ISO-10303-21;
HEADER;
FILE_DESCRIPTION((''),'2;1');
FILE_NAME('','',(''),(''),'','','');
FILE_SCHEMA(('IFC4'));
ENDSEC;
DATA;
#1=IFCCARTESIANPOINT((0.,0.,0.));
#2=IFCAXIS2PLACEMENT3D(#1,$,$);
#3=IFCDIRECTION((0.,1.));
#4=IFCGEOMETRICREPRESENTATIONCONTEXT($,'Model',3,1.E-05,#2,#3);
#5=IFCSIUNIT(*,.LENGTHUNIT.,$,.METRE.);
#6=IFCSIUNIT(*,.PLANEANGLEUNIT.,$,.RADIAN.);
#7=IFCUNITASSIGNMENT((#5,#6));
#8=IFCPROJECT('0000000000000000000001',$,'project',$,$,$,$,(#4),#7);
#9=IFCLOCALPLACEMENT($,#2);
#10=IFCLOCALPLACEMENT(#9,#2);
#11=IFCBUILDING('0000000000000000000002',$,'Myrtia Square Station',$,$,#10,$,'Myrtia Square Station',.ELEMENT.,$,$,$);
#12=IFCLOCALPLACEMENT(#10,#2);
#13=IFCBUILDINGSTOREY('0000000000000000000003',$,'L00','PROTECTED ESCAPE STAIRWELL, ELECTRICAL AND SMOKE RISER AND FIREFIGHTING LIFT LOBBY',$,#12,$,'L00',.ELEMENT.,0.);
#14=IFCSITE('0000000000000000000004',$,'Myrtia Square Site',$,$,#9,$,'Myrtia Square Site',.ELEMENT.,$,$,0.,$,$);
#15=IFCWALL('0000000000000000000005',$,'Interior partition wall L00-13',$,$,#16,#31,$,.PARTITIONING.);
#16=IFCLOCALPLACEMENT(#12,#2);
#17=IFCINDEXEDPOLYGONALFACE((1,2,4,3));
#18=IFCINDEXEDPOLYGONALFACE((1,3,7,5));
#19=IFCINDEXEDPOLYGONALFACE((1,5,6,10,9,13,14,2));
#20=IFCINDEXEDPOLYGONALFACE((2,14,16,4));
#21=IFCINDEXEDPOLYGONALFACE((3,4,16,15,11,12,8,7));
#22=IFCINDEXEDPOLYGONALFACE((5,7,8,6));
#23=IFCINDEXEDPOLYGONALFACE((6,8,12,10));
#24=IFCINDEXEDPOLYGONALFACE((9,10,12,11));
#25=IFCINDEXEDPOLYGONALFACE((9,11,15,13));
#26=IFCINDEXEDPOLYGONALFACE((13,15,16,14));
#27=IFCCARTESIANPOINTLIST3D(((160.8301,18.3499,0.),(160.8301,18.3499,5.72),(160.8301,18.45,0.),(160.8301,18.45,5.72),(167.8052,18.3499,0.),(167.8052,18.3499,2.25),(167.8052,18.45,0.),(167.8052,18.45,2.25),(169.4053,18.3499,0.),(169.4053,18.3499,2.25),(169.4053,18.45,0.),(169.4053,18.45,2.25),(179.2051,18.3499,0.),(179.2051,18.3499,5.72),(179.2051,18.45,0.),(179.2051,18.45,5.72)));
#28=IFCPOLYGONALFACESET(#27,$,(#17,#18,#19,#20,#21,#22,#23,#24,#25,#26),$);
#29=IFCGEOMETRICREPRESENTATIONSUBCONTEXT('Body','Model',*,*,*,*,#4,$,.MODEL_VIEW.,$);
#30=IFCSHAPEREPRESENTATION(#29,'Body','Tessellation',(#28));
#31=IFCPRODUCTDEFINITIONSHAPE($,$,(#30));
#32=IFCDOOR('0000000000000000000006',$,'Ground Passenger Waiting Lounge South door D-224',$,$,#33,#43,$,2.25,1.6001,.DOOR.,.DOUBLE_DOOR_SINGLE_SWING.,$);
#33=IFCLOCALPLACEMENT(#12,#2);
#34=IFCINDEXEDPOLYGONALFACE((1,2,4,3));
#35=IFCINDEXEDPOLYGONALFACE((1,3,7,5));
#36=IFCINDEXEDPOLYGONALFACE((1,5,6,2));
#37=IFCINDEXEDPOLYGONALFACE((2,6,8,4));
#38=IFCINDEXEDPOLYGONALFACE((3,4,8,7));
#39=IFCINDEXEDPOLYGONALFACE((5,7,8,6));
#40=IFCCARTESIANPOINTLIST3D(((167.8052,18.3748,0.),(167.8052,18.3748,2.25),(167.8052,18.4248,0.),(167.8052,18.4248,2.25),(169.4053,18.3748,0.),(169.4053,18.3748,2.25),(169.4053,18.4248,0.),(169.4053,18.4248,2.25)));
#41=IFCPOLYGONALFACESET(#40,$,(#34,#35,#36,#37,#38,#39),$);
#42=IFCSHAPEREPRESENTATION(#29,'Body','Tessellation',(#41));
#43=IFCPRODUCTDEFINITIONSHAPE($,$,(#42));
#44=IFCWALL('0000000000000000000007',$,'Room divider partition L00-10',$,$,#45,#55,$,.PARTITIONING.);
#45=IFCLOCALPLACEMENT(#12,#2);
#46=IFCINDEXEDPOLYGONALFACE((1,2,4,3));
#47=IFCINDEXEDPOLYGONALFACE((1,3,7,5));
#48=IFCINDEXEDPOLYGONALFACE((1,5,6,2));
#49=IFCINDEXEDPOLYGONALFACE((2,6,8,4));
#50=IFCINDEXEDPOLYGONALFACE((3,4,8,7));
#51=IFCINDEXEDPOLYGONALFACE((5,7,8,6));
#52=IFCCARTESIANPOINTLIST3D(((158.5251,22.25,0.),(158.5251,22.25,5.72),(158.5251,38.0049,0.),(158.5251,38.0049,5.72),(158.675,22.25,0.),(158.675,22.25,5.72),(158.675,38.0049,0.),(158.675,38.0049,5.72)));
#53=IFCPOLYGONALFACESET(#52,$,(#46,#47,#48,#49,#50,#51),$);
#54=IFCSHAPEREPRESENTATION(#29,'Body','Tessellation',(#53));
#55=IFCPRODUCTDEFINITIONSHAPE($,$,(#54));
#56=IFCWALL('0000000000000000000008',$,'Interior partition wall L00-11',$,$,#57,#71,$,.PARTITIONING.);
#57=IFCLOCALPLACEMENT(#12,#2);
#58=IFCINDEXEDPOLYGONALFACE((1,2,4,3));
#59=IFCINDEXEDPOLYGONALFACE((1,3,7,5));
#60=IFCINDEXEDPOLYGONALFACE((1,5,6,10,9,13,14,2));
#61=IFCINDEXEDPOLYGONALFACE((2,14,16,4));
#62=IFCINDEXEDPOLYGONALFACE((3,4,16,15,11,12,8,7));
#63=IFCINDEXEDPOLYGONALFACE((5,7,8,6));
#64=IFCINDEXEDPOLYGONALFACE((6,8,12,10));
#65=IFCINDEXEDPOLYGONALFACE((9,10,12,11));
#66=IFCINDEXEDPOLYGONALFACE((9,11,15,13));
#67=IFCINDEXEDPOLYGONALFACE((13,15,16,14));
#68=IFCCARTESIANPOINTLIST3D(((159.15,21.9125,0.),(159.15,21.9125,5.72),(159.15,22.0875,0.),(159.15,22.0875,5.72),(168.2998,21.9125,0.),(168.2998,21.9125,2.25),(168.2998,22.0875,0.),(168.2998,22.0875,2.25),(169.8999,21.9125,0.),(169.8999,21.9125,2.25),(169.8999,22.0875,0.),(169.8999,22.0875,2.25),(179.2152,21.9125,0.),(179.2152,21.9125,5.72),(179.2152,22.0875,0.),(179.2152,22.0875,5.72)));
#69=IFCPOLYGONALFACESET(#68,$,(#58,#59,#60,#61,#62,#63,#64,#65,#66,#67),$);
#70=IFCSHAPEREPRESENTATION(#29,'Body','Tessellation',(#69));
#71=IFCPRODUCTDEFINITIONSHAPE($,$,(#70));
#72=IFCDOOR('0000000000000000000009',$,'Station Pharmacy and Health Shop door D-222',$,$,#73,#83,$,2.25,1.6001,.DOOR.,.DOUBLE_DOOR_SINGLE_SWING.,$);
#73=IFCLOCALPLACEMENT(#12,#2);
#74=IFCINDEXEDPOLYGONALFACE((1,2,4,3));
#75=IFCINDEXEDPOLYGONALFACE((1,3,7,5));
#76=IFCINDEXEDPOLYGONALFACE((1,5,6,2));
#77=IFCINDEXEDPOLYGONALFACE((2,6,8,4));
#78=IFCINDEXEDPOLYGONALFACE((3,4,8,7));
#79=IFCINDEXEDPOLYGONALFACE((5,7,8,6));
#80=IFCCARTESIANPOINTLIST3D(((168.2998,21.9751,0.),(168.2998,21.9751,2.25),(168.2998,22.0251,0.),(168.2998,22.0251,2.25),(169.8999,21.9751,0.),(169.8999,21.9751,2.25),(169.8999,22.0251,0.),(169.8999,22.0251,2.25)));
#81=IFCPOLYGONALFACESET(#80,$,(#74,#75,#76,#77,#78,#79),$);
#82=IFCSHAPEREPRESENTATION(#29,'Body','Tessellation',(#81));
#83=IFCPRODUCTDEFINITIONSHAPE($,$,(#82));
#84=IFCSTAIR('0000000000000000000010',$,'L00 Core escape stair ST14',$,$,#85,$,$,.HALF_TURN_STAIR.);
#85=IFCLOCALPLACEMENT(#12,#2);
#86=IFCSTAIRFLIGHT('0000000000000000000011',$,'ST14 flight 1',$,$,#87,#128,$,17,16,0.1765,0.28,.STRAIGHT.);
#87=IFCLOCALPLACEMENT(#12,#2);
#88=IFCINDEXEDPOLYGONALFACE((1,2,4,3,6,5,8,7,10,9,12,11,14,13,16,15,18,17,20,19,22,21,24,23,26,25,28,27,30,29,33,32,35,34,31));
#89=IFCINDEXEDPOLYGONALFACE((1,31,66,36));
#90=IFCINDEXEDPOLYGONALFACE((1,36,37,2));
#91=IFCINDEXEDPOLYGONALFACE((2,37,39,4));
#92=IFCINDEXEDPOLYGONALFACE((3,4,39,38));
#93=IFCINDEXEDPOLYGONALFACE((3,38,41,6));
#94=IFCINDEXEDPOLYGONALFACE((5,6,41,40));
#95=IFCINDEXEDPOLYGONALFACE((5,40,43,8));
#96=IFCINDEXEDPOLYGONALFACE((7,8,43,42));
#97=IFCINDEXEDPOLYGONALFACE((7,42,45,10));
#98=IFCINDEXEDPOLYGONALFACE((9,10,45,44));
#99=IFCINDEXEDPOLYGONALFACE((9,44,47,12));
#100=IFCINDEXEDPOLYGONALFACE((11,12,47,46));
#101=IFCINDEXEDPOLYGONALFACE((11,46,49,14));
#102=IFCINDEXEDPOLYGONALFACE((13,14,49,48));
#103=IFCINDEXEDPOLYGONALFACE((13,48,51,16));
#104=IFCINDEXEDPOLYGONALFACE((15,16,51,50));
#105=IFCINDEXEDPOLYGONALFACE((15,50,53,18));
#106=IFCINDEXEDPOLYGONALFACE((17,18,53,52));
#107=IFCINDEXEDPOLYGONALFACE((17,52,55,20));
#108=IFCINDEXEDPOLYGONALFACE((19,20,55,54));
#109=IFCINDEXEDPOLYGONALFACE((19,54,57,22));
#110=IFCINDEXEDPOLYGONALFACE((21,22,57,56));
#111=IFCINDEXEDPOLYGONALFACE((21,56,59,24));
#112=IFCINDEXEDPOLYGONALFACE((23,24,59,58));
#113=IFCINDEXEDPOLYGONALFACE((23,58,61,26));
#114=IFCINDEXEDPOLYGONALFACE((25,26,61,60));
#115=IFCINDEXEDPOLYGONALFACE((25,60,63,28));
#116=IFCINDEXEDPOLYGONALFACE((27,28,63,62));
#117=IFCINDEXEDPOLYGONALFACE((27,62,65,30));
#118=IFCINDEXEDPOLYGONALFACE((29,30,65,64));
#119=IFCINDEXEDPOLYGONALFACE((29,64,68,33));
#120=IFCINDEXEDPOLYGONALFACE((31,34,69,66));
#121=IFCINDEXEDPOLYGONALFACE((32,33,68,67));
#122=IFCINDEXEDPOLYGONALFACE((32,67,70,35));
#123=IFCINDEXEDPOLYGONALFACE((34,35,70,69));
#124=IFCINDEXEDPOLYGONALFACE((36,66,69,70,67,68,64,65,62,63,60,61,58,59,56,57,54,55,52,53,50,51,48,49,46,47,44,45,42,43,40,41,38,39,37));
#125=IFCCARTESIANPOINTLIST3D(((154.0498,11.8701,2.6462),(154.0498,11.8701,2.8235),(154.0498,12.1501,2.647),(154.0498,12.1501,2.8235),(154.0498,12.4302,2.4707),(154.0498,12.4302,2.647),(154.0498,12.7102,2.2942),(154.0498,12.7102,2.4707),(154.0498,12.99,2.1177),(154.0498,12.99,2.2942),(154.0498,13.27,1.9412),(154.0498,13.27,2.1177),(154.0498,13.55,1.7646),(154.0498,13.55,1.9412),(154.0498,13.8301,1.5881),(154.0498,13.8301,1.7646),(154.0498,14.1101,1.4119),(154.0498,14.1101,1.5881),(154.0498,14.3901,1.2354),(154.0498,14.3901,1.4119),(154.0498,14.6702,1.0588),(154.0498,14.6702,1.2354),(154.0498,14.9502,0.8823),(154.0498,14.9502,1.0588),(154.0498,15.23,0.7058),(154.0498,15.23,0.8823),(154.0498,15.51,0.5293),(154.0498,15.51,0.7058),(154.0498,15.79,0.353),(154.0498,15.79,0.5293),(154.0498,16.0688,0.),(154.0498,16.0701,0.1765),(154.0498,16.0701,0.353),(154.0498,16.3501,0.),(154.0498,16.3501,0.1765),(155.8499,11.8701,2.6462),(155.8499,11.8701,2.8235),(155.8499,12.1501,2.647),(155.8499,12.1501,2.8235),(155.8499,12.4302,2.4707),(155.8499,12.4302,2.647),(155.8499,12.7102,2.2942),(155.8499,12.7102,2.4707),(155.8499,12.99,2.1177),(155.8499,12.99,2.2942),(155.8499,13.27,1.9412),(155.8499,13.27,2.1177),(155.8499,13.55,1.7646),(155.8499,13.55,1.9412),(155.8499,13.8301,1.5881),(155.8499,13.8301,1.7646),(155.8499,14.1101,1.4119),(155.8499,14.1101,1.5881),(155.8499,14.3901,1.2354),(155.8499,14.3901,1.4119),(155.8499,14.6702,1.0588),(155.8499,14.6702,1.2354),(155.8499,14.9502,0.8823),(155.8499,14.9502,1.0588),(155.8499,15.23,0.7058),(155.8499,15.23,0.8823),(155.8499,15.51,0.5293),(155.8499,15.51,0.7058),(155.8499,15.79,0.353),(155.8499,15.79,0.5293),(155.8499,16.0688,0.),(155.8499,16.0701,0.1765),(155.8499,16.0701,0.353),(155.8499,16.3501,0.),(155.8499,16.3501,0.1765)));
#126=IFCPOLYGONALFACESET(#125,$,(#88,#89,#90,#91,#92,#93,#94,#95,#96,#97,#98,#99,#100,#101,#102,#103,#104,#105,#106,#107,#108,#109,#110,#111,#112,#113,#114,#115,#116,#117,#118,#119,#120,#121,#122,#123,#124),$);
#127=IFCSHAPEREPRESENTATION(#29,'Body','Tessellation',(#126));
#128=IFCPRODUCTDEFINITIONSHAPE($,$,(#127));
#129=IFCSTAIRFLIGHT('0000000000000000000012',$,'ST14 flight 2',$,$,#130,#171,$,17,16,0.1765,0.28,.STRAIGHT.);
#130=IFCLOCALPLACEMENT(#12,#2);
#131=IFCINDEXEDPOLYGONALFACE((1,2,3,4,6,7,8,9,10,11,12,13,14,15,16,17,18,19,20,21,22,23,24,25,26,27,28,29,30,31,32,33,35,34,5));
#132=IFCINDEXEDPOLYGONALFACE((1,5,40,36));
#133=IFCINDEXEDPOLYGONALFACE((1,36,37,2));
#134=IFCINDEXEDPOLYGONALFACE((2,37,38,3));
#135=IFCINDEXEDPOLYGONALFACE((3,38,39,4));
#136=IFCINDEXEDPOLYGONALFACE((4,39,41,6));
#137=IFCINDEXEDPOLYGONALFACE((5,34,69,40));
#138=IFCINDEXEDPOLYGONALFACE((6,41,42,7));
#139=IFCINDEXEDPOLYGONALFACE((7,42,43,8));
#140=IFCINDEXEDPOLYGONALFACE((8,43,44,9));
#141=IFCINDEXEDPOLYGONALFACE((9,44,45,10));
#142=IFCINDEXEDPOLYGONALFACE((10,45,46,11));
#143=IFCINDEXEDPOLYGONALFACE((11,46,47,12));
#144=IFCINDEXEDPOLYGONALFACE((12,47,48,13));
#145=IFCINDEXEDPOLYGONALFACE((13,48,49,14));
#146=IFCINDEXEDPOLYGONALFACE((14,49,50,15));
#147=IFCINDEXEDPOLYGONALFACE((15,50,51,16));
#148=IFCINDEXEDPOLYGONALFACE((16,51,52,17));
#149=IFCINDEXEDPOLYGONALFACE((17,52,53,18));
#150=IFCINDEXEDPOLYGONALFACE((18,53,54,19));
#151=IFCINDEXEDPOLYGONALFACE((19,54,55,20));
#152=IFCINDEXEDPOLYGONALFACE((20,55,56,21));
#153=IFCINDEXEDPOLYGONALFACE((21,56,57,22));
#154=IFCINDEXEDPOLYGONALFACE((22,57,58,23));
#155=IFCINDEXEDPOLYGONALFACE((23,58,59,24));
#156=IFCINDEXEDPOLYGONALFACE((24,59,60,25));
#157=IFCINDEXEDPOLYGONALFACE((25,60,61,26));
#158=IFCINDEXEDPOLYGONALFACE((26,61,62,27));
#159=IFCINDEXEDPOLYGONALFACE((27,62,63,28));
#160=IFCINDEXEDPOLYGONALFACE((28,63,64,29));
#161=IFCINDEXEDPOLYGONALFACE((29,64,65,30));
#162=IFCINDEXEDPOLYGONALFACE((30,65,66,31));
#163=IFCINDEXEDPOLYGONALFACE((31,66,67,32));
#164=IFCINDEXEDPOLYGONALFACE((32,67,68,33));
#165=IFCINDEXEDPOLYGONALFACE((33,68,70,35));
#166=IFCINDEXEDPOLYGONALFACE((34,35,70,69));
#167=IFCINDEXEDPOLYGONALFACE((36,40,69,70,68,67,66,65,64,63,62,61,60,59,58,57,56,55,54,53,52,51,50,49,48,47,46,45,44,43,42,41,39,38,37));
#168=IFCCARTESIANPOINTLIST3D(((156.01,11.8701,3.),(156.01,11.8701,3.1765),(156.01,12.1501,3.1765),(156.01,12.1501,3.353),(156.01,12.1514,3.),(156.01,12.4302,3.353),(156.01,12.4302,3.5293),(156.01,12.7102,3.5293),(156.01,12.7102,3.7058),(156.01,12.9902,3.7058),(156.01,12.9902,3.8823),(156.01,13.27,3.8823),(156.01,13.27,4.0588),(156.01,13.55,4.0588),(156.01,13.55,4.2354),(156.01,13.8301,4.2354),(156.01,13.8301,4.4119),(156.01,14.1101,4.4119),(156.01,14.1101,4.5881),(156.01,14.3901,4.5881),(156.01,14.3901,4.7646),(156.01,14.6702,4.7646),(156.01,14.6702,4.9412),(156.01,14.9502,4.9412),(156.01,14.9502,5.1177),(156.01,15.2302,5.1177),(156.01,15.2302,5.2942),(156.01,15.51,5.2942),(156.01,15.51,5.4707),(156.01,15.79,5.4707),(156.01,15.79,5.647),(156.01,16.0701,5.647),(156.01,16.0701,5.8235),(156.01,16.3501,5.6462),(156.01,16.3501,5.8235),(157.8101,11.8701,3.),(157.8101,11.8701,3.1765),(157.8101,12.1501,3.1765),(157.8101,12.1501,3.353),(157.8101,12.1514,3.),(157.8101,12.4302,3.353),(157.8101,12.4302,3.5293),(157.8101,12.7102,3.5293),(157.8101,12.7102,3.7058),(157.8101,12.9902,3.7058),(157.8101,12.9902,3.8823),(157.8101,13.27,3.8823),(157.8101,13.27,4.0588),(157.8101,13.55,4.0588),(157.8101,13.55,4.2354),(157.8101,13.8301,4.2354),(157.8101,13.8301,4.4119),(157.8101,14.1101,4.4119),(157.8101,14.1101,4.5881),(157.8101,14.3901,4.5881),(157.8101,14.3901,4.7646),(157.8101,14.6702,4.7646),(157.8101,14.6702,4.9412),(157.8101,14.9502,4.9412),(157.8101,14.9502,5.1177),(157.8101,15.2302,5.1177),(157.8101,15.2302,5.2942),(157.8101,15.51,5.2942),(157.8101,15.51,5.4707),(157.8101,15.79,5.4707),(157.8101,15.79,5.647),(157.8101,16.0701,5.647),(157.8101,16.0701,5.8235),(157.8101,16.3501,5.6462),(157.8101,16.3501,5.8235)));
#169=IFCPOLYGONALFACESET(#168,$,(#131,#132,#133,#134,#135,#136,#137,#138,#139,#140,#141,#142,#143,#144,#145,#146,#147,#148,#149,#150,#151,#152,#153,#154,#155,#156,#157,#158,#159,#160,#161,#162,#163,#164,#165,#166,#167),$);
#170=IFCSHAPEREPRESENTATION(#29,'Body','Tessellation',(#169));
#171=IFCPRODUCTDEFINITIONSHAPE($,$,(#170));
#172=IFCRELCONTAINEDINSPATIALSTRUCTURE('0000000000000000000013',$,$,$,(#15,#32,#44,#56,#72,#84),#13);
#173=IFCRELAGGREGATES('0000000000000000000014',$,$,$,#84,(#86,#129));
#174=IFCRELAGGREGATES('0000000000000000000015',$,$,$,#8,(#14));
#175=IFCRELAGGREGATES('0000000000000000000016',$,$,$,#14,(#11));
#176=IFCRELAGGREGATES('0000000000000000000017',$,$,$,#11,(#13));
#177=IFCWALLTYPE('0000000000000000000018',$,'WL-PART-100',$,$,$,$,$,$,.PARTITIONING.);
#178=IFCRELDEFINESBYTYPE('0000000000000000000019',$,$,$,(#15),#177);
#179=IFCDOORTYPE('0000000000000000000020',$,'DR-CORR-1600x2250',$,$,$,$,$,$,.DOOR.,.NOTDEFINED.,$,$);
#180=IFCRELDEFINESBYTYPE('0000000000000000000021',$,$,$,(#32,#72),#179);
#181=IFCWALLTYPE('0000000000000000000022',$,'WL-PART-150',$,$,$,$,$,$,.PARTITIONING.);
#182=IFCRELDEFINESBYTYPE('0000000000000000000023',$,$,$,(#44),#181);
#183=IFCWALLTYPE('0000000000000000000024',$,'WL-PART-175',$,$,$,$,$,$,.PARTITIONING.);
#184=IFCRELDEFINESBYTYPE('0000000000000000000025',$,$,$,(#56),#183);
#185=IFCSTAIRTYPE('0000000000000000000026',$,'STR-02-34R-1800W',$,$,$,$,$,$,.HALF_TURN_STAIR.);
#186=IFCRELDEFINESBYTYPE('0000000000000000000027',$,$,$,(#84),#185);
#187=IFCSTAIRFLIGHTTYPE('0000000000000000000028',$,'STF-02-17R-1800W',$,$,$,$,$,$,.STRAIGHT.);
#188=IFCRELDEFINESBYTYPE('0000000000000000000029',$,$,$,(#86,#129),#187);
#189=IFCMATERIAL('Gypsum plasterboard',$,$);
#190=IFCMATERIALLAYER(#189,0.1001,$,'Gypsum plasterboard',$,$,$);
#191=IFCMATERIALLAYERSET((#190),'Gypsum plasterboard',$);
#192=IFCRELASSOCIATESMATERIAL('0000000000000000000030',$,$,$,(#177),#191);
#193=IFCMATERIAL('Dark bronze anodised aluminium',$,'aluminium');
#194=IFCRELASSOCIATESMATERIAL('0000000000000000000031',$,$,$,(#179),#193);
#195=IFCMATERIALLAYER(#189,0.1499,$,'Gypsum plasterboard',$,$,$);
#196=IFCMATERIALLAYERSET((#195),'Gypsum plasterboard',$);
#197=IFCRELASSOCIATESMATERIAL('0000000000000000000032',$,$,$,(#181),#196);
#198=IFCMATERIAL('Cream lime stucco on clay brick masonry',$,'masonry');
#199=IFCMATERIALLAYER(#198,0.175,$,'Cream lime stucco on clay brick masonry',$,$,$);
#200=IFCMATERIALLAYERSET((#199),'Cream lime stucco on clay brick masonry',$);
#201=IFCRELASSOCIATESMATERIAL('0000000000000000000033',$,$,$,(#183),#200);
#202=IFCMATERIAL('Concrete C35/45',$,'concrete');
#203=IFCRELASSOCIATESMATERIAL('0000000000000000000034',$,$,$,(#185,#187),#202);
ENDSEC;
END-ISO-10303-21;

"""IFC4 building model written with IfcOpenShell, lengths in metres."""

from ifc_helpers import new_model, si_unit, direction, frame, frame_2d, origin, place, context, subcontext, project, spatial, polyline, rectangle, outline, extrude, material, layer, layer_set, type_object, element, fill, aggregate, save


model = new_model("IFC4")

# Units and contexts
model_context = context("Model", 3, precision=1e-05, world=origin(), true_north=direction((0.0, 1.0)))
body_context = subcontext(model_context, "Body", "Model", "MODEL_VIEW")
ifc_project = project(units=[si_unit("LENGTHUNIT", "METRE"), si_unit("PLANEANGLEUNIT", "RADIAN")], contexts=[model_context])

# Site, building, storey
site_placement = place(None, origin())
site = spatial("IfcSite", under=ifc_project, at=site_placement, Name="Myrtia Square Site", LongName="Myrtia Square Site", CompositionType="ELEMENT", RefElevation=0.0)
building_placement = place(site_placement, origin())
building = spatial("IfcBuilding", under=site, at=building_placement, Name="Myrtia Square Station", LongName="Myrtia Square Station", CompositionType="ELEMENT")
storey_placement = place(building_placement, origin())
storey = spatial("IfcBuildingStorey", under=building, at=storey_placement, Name="L00", Description="PROTECTED ESCAPE STAIRWELL, ELECTRICAL AND SMOKE RISER AND FIREFIGHTING LIFT LOBBY", LongName="L00", CompositionType="ELEMENT", Elevation=0.0)

# Shared definitions
ifc_material_1 = material(Name="Concrete C35/45", Category="concrete")
ifc_material_2 = material(Name="Dark bronze anodised aluminium", Category="aluminium")

# Wall, opening, door
ifc_material_3 = material(Name="Gypsum plasterboard")
ifc_layer_1 = layer(ifc_material_3, 0.1001, Name="Gypsum plasterboard")
ifc_layer_set_1 = layer_set([ifc_layer_1], Name="Gypsum plasterboard")
wall_type_1 = type_object("IfcWallType", Name="WL-PART-100", PredefinedType="PARTITIONING", material=ifc_layer_set_1)
wall_1_placement = place(storey_placement, frame((160.8301, 18.3999, 0.0), z_axis=(0.0, 0.0, 1.0), x_axis=(1.0, 0.0, 0.0)))
wall_1 = element("IfcWall", 1, at=wall_1_placement, inside=storey, type_object=wall_type_1, Name="Interior partition wall L00-13", PredefinedType="PARTITIONING", context=body_context, shape_type="SweptSolid", body=[
    extrude(rectangle(XDim=18.375, YDim=0.1001, at=frame_2d((9.1875, 0.0))), origin(), (0.0, 0.0, 1.0), 5.72),
])
opening_1_placement = place(wall_1_placement, frame((6.9751, 0.0, 0.0)))
opening_1 = element("IfcOpeningElement", 2, at=opening_1_placement, cuts=wall_1, PredefinedType="OPENING", context=body_context, shape_type="SweptSolid", body=[
    extrude(rectangle(XDim=1.6001, YDim=2.25, at=frame_2d((0.8, 1.125))), frame((0.0, 0.0649, 0.0), z_axis=(0.0, -1.0, 0.0), x_axis=(1.0, 0.0, 0.0)), (0.0, 0.0, 1.0), 0.1301),
])
door_type_1 = type_object("IfcDoorType", Name="DR-CORR-1600x2250", OperationType="NOTDEFINED", PredefinedType="DOOR", material=ifc_material_2)
door_1_placement = place(opening_1_placement, origin())
door_1 = element("IfcDoor", 3, at=door_1_placement, inside=storey, type_object=door_type_1, Name="Ground Passenger Waiting Lounge South door D-224", OperationType="DOUBLE_DOOR_SINGLE_SWING", OverallHeight=2.25, OverallWidth=1.6001, PredefinedType="DOOR", context=body_context, shape_type="SweptSolid", body=[
    extrude(rectangle(XDim=1.6001, YDim=2.25, at=frame_2d((0.8, 1.125))), frame((0.0, 0.0249, 0.0), z_axis=(0.0, -1.0, 0.0), x_axis=(1.0, 0.0, 0.0)), (0.0, 0.0, 1.0), 0.05),
])
fill(opening_1, door_1)

# Wall
ifc_layer_2 = layer(ifc_material_3, 0.1499, Name="Gypsum plasterboard")
ifc_layer_set_2 = layer_set([ifc_layer_2], Name="Gypsum plasterboard")
wall_type_2 = type_object("IfcWallType", Name="WL-PART-150", PredefinedType="PARTITIONING", material=ifc_layer_set_2)
wall_2_placement = place(storey_placement, frame((158.6001, 22.25, 0.0), z_axis=(0.0, 0.0, 1.0), x_axis=(0.0, 1.0, 0.0)))
element("IfcWall", 4, at=wall_2_placement, inside=storey, type_object=wall_type_2, Name="Room divider partition L00-10", PredefinedType="PARTITIONING", context=body_context, shape_type="SweptSolid", body=[
    extrude(rectangle(XDim=15.7549, YDim=0.1499, at=frame_2d((7.8774, 0.0))), origin(), (0.0, 0.0, 1.0), 5.72),
])

# Wall, opening, door
ifc_material_4 = material(Name="Cream lime stucco on clay brick masonry", Category="masonry")
ifc_layer_3 = layer(ifc_material_4, 0.175, Name="Cream lime stucco on clay brick masonry")
ifc_layer_set_3 = layer_set([ifc_layer_3], Name="Cream lime stucco on clay brick masonry")
wall_type_3 = type_object("IfcWallType", Name="WL-PART-175", PredefinedType="PARTITIONING", material=ifc_layer_set_3)
wall_3_placement = place(storey_placement, frame((159.1499, 22.0, 0.0), z_axis=(0.0, 0.0, 1.0), x_axis=(1.0, 0.0, 0.0)))
wall_3 = element("IfcWall", 5, at=wall_3_placement, inside=storey, type_object=wall_type_3, Name="Interior partition wall L00-11", PredefinedType="PARTITIONING", context=body_context, shape_type="SweptSolid", body=[
    extrude(rectangle(XDim=20.0652, YDim=0.175, at=frame_2d((10.0327, 0.0))), origin(), (0.0, 0.0, 1.0), 5.72),
])
opening_2_placement = place(wall_3_placement, frame((9.1499, 0.0, 0.0)))
opening_2 = element("IfcOpeningElement", 6, at=opening_2_placement, cuts=wall_3, PredefinedType="OPENING", context=body_context, shape_type="SweptSolid", body=[
    extrude(rectangle(XDim=1.6001, YDim=2.25, at=frame_2d((0.8, 1.125))), frame((0.0, 0.1025, 0.0), z_axis=(0.0, -1.0, 0.0), x_axis=(1.0, 0.0, 0.0)), (0.0, 0.0, 1.0), 0.2051),
])
door_2_placement = place(opening_2_placement, frame((1.6001, 0.0, 0.0), z_axis=(0.0, 0.0, 1.0), x_axis=(-1.0, 0.0, 0.0)))
door_2 = element("IfcDoor", 7, at=door_2_placement, inside=storey, type_object=door_type_1, Name="Station Pharmacy and Health Shop door D-222", OperationType="DOUBLE_DOOR_SINGLE_SWING", OverallHeight=2.25, OverallWidth=1.6001, PredefinedType="DOOR", context=body_context, shape_type="SweptSolid", body=[
    extrude(rectangle(XDim=1.6001, YDim=2.25, at=frame_2d((0.8, 1.125))), frame((0.0, 0.0249, 0.0), z_axis=(0.0, -1.0, 0.0), x_axis=(1.0, 0.0, 0.0)), (0.0, 0.0, 1.0), 0.05),
])
fill(opening_2, door_2)

# Stair, stair flights
stair_type = type_object("IfcStairType", Name="STR-02-34R-1800W", PredefinedType="HALF_TURN_STAIR", material=ifc_material_1)
stair_placement = place(storey_placement, origin())
stair = element("IfcStair", 8, at=stair_placement, inside=storey, type_object=stair_type, Name="L00 Core escape stair ST14", PredefinedType="HALF_TURN_STAIR")
stair_flight_type = type_object("IfcStairFlightType", Name="STF-02-17R-1800W", PredefinedType="STRAIGHT", material=ifc_material_1)
stair_flight_1_placement = place(storey_placement, frame((154.95, 16.3501, 0.0), z_axis=(0.0, 0.0, 1.0), x_axis=(0.0, -1.0, 0.0)))
stair_flight_1 = element("IfcStairFlight", 9, at=stair_flight_1_placement, type_object=stair_flight_type, Name="ST14 flight 1", NumberOfRisers=17, NumberOfTreads=16, PredefinedType="STRAIGHT", RiserHeight=0.1765, TreadLength=0.28, context=body_context, shape_type="SweptSolid", body=[
    extrude(outline(polyline([(0.0, 0.0), (0.0, 0.1765), (0.28, 0.1765), (0.28, 0.353), (0.5601, 0.353), (0.5601, 0.5293), (0.8401, 0.5293), (0.8401, 0.7058), (1.1201, 0.7058), (1.1201, 0.8823), (1.3999, 0.8823), (1.3999, 1.0588), (1.6799, 1.0588), (1.6799, 1.2354), (1.96, 1.2354), (1.96, 1.4119), (2.24, 1.4119), (2.24, 1.5881), (2.52, 1.5881), (2.52, 1.7646), (2.8, 1.7646), (2.8, 1.9412), (3.0801, 1.9412), (3.0801, 2.1177), (3.3601, 2.1177), (3.3601, 2.2942), (3.6399, 2.2942), (3.6399, 2.4707), (3.9199, 2.4707), (3.9199, 2.647), (4.2, 2.647), (4.2, 2.8235), (4.48, 2.8235), (4.48, 3.0), (4.48, 2.6462), (0.2812, 0.0), (0.0, 0.0)])), frame((0.0, 0.8999, 0.0), z_axis=(0.0, -1.0, 0.0), x_axis=(1.0, 0.0, 0.0)), (0.0, 0.0, 1.0), 1.8),
])
stair_flight_2_placement = place(storey_placement, frame((156.9099, 11.8701, 3.0), z_axis=(0.0, 0.0, 1.0), x_axis=(0.0, 1.0, 0.0)))
stair_flight_2 = element("IfcStairFlight", 10, at=stair_flight_2_placement, type_object=stair_flight_type, Name="ST14 flight 2", NumberOfRisers=17, NumberOfTreads=16, PredefinedType="STRAIGHT", RiserHeight=0.1765, TreadLength=0.28, context=body_context, shape_type="SweptSolid", body=[
    extrude(outline(polyline([(0.0, 0.0), (0.0, 0.1765), (0.28, 0.1765), (0.28, 0.353), (0.5601, 0.353), (0.5601, 0.5293), (0.8401, 0.5293), (0.8401, 0.7058), (1.1201, 0.7058), (1.1201, 0.8823), (1.3999, 0.8823), (1.3999, 1.0588), (1.6799, 1.0588), (1.6799, 1.2354), (1.96, 1.2354), (1.96, 1.4119), (2.24, 1.4119), (2.24, 1.5881), (2.52, 1.5881), (2.52, 1.7646), (2.8, 1.7646), (2.8, 1.9412), (3.0801, 1.9412), (3.0801, 2.1177), (3.3601, 2.1177), (3.3601, 2.2942), (3.6399, 2.2942), (3.6399, 2.4707), (3.9199, 2.4707), (3.9199, 2.647), (4.2, 2.647), (4.2, 2.8235), (4.48, 2.8235), (4.48, 3.0), (4.48, 2.6462), (0.2812, 0.0), (0.0, 0.0)])), frame((0.0, 0.8999, 0.0), z_axis=(0.0, -1.0, 0.0), x_axis=(1.0, 0.0, 0.0)), (0.0, 0.0, 1.0), 1.8),
])
aggregate(stair, [stair_flight_1, stair_flight_2])

save(model, "model.ifc")
